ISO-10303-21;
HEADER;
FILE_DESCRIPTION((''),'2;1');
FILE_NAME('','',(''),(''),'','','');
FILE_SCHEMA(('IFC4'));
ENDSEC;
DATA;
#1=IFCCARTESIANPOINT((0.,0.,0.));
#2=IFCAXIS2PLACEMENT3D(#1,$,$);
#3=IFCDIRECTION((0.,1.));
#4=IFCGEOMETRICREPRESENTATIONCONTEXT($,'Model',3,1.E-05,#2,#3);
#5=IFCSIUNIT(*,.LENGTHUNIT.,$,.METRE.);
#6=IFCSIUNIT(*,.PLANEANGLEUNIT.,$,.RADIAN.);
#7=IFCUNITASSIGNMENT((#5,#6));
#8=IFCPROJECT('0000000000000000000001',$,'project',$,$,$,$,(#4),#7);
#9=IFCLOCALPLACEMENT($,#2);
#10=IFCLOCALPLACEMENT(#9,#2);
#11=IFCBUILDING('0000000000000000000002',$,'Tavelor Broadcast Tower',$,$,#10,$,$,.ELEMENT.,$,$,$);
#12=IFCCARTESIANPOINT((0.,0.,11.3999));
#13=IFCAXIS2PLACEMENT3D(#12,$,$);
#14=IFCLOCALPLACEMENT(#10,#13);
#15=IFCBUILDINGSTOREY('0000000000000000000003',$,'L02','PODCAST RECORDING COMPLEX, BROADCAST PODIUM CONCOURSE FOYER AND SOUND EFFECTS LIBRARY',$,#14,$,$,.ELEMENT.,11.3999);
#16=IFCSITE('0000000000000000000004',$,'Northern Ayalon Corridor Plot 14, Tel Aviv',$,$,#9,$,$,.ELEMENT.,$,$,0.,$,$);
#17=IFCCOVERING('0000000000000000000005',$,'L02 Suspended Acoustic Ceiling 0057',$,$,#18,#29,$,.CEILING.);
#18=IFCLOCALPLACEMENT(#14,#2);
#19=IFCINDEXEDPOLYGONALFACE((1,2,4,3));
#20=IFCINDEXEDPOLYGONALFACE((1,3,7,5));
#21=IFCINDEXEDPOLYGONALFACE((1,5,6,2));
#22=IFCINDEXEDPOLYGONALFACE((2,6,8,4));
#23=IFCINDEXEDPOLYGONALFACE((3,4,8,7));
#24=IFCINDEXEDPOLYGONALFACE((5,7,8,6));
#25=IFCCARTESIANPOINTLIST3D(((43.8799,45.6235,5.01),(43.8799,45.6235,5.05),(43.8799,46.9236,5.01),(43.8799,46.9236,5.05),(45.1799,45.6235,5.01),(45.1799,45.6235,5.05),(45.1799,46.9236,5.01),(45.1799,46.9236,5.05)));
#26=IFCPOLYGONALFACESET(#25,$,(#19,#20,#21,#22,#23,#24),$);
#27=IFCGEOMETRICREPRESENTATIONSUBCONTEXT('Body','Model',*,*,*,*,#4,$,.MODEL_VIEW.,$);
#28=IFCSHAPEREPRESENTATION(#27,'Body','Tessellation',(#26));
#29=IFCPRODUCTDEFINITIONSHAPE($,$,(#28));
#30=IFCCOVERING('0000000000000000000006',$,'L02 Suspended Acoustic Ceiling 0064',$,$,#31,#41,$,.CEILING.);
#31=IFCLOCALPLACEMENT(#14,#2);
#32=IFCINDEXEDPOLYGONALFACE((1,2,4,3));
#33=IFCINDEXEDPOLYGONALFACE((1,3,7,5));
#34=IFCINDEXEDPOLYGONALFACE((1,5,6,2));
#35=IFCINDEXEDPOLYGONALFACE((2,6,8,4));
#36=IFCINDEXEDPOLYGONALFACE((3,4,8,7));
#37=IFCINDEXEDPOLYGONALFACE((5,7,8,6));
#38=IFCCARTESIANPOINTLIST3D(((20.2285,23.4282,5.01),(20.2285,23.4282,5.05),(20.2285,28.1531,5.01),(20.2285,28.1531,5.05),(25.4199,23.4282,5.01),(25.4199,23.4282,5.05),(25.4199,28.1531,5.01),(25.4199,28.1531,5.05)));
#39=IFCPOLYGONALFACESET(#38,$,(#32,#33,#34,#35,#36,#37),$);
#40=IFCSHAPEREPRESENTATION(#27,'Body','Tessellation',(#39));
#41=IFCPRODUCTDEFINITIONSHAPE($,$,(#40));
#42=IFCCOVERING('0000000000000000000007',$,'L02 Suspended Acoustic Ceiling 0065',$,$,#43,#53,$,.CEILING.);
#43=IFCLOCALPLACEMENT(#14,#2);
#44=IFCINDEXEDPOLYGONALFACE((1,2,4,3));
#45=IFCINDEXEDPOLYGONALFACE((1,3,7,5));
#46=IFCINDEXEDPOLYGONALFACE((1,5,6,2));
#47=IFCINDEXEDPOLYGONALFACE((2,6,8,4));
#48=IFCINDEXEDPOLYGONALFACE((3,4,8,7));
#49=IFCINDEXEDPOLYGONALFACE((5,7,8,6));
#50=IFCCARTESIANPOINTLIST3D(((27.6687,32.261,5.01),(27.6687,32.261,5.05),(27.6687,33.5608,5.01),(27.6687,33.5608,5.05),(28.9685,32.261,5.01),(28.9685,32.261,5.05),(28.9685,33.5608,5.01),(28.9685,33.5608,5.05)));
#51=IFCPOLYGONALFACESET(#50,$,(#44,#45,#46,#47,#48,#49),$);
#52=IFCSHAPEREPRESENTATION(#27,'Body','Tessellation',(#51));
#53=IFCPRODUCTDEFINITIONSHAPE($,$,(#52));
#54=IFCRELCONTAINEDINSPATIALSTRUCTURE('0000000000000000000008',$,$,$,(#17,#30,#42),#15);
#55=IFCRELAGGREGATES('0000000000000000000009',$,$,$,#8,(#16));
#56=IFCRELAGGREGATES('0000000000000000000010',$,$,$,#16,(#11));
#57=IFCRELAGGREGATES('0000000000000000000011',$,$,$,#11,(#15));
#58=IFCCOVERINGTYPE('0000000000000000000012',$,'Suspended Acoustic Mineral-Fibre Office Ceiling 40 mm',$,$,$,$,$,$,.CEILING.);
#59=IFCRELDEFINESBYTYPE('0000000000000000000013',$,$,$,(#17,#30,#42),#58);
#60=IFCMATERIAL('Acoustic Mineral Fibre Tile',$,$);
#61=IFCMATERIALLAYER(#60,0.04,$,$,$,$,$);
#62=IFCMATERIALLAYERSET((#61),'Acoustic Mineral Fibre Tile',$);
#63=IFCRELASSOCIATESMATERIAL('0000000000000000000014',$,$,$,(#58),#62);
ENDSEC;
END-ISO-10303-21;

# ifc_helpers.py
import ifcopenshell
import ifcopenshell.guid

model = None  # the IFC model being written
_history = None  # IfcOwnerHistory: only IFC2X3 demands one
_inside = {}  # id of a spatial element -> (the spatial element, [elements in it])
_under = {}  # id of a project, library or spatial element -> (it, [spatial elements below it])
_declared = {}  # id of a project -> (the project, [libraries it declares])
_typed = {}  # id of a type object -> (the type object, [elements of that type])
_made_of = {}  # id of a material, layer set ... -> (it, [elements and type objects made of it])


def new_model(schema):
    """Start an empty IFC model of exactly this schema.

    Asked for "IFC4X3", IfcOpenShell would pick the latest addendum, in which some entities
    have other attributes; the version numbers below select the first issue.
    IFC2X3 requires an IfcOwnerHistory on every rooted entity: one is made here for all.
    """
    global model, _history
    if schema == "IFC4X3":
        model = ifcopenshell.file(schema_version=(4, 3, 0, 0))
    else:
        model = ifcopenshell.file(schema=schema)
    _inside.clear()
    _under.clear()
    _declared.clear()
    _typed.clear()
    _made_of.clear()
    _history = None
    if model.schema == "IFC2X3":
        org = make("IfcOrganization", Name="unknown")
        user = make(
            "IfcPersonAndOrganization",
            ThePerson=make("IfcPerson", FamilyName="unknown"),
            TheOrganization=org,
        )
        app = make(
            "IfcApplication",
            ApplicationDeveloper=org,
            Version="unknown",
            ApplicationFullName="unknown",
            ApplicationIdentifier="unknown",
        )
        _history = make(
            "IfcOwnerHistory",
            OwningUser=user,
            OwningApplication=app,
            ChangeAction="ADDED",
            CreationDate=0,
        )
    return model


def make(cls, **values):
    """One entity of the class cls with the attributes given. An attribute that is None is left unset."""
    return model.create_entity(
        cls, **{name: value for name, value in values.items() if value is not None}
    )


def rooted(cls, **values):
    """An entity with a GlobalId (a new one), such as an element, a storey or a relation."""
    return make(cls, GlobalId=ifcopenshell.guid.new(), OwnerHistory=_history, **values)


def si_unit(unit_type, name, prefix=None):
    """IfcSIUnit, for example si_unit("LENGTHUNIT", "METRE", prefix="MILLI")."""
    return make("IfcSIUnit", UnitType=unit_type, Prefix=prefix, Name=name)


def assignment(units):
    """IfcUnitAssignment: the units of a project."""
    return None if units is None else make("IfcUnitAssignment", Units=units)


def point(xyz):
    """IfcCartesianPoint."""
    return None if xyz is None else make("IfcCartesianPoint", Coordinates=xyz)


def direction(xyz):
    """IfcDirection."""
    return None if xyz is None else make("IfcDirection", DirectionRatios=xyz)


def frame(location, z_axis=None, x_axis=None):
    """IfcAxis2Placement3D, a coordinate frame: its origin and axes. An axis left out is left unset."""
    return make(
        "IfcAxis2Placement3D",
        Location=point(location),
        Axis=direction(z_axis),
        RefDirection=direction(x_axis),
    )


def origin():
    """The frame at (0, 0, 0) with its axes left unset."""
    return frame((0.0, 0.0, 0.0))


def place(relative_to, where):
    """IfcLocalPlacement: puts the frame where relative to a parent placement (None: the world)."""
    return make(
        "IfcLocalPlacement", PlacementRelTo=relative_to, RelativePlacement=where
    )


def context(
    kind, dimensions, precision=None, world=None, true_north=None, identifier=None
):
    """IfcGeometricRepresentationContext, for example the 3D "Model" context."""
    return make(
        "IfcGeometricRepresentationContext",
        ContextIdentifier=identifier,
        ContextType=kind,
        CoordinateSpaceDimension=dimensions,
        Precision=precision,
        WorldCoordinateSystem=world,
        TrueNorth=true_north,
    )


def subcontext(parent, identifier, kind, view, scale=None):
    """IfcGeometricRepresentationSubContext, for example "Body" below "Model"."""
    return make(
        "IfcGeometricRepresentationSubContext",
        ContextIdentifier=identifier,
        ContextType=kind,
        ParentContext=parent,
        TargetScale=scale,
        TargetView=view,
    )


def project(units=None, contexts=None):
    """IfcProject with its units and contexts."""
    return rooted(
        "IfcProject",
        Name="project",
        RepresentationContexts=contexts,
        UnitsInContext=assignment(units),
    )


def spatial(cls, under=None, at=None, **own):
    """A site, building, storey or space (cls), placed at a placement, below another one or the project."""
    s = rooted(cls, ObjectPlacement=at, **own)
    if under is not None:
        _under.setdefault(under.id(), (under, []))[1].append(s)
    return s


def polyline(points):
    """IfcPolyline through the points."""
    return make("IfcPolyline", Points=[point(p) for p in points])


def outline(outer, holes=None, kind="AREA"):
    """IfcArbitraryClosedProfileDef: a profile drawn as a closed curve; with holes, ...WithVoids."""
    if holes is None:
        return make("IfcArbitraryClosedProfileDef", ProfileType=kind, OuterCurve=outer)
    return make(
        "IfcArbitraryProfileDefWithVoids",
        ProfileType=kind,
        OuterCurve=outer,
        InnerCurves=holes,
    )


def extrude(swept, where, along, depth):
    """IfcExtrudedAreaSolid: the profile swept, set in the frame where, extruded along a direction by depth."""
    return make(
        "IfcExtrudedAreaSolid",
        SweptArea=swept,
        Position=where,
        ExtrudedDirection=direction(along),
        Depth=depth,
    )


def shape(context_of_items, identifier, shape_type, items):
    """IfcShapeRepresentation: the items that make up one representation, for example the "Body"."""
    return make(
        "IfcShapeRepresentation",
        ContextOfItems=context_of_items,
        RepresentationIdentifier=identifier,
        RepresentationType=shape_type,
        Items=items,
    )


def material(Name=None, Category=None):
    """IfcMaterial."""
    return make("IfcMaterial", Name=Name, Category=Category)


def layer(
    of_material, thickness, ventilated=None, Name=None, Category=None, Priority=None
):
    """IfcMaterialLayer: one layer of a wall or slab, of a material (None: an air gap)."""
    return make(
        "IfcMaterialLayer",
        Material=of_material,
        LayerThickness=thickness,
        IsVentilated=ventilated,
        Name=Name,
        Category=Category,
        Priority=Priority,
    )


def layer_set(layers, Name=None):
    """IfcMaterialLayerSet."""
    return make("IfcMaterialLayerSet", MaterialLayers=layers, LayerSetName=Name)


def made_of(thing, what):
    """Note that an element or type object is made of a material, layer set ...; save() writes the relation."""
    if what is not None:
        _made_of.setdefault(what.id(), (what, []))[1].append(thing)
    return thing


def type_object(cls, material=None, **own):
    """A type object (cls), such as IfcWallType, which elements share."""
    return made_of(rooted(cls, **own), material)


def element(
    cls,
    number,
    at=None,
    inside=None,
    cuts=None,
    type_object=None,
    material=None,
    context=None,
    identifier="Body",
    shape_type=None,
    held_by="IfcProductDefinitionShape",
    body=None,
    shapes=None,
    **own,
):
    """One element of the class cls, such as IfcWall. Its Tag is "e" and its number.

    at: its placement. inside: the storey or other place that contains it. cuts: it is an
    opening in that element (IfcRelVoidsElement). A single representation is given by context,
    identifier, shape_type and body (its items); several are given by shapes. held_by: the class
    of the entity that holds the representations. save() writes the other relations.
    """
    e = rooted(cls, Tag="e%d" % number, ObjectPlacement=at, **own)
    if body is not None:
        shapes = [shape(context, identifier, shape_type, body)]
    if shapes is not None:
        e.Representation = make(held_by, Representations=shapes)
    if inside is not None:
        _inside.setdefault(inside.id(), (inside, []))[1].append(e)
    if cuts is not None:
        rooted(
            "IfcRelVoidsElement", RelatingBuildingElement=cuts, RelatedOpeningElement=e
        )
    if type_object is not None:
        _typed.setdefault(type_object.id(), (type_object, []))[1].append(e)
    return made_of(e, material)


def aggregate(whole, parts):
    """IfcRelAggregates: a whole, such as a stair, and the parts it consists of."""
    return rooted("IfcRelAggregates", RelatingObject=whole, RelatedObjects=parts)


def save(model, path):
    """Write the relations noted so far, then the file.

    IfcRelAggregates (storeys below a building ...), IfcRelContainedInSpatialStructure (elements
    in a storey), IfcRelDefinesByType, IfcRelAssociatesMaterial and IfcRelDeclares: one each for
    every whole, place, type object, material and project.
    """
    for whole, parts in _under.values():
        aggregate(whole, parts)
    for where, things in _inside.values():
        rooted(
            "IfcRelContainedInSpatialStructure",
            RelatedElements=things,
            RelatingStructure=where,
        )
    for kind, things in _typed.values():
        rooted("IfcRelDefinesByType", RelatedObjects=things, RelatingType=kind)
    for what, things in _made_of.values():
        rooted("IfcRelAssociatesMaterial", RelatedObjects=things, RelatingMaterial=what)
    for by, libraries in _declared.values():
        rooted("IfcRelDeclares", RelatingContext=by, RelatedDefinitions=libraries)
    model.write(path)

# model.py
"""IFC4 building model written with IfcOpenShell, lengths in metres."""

from ifc_helpers import new_model, si_unit, direction, frame, origin, place, context, subcontext, project, spatial, polyline, outline, extrude, material, layer, layer_set, type_object, element, save


model = new_model("IFC4")

# Units and contexts
model_context = context("Model", 3, precision=1e-05, world=origin(), true_north=direction((0.0, 1.0)))
body_context = subcontext(model_context, "Body", "Model", "MODEL_VIEW")
ifc_project = project(units=[si_unit("LENGTHUNIT", "METRE"), si_unit("PLANEANGLEUNIT", "RADIAN")], contexts=[model_context])

# Site, building, storey
site_placement = place(None, origin())
site = spatial("IfcSite", under=ifc_project, at=site_placement, Name="Northern Ayalon Corridor Plot 14, Tel Aviv", CompositionType="ELEMENT", RefElevation=0.0)
building_placement = place(site_placement, origin())
building = spatial("IfcBuilding", under=site, at=building_placement, Name="Tavelor Broadcast Tower", CompositionType="ELEMENT")
storey_placement = place(building_placement, frame((0.0, 0.0, 11.3999)))
storey = spatial("IfcBuildingStorey", under=building, at=storey_placement, Name="L02", Description="PODCAST RECORDING COMPLEX, BROADCAST PODIUM CONCOURSE FOYER AND SOUND EFFECTS LIBRARY", CompositionType="ELEMENT", Elevation=11.3999)

# Coverings
ifc_material_1 = material(Name="Acoustic Mineral Fibre Tile")
ifc_layer_1 = layer(ifc_material_1, 0.04)
ifc_layer_set_1 = layer_set([ifc_layer_1], Name="Acoustic Mineral Fibre Tile")
covering_type_1 = type_object("IfcCoveringType", Name="Suspended Acoustic Mineral-Fibre Office Ceiling 40 mm", PredefinedType="CEILING", material=ifc_layer_set_1)
covering_1_placement = place(storey_placement, frame((0.0, 0.0, 5.01)))
element("IfcCovering", 1, at=covering_1_placement, inside=storey, type_object=covering_type_1, Name="L02 Suspended Acoustic Ceiling 0057", PredefinedType="CEILING", context=body_context, shape_type="SweptSolid", body=[
    extrude(outline(polyline([(43.8799, 45.6235), (45.1799, 45.6235), (45.1799, 46.9236), (43.8799, 46.9236), (43.8799, 45.6235)])), origin(), (0.0, 0.0, 1.0), 0.04),
])
covering_2_placement = place(storey_placement, frame((0.0, 0.0, 5.01)))
element("IfcCovering", 2, at=covering_2_placement, inside=storey, type_object=covering_type_1, Name="L02 Suspended Acoustic Ceiling 0064", PredefinedType="CEILING", context=body_context, shape_type="SweptSolid", body=[
    extrude(outline(polyline([(20.2285, 23.4282), (25.4199, 23.4282), (25.4199, 28.1531), (20.2285, 28.1531), (20.2285, 23.4282)])), origin(), (0.0, 0.0, 1.0), 0.04),
])
covering_3_placement = place(storey_placement, frame((0.0, 0.0, 5.01)))
element("IfcCovering", 3, at=covering_3_placement, inside=storey, type_object=covering_type_1, Name="L02 Suspended Acoustic Ceiling 0065", PredefinedType="CEILING", context=body_context, shape_type="SweptSolid", body=[
    extrude(outline(polyline([(27.6687, 32.261), (28.9685, 32.261), (28.9685, 33.5608), (27.6687, 33.5608), (27.6687, 32.261)])), origin(), (0.0, 0.0, 1.0), 0.04),
])

save(model, "model.ifc")
